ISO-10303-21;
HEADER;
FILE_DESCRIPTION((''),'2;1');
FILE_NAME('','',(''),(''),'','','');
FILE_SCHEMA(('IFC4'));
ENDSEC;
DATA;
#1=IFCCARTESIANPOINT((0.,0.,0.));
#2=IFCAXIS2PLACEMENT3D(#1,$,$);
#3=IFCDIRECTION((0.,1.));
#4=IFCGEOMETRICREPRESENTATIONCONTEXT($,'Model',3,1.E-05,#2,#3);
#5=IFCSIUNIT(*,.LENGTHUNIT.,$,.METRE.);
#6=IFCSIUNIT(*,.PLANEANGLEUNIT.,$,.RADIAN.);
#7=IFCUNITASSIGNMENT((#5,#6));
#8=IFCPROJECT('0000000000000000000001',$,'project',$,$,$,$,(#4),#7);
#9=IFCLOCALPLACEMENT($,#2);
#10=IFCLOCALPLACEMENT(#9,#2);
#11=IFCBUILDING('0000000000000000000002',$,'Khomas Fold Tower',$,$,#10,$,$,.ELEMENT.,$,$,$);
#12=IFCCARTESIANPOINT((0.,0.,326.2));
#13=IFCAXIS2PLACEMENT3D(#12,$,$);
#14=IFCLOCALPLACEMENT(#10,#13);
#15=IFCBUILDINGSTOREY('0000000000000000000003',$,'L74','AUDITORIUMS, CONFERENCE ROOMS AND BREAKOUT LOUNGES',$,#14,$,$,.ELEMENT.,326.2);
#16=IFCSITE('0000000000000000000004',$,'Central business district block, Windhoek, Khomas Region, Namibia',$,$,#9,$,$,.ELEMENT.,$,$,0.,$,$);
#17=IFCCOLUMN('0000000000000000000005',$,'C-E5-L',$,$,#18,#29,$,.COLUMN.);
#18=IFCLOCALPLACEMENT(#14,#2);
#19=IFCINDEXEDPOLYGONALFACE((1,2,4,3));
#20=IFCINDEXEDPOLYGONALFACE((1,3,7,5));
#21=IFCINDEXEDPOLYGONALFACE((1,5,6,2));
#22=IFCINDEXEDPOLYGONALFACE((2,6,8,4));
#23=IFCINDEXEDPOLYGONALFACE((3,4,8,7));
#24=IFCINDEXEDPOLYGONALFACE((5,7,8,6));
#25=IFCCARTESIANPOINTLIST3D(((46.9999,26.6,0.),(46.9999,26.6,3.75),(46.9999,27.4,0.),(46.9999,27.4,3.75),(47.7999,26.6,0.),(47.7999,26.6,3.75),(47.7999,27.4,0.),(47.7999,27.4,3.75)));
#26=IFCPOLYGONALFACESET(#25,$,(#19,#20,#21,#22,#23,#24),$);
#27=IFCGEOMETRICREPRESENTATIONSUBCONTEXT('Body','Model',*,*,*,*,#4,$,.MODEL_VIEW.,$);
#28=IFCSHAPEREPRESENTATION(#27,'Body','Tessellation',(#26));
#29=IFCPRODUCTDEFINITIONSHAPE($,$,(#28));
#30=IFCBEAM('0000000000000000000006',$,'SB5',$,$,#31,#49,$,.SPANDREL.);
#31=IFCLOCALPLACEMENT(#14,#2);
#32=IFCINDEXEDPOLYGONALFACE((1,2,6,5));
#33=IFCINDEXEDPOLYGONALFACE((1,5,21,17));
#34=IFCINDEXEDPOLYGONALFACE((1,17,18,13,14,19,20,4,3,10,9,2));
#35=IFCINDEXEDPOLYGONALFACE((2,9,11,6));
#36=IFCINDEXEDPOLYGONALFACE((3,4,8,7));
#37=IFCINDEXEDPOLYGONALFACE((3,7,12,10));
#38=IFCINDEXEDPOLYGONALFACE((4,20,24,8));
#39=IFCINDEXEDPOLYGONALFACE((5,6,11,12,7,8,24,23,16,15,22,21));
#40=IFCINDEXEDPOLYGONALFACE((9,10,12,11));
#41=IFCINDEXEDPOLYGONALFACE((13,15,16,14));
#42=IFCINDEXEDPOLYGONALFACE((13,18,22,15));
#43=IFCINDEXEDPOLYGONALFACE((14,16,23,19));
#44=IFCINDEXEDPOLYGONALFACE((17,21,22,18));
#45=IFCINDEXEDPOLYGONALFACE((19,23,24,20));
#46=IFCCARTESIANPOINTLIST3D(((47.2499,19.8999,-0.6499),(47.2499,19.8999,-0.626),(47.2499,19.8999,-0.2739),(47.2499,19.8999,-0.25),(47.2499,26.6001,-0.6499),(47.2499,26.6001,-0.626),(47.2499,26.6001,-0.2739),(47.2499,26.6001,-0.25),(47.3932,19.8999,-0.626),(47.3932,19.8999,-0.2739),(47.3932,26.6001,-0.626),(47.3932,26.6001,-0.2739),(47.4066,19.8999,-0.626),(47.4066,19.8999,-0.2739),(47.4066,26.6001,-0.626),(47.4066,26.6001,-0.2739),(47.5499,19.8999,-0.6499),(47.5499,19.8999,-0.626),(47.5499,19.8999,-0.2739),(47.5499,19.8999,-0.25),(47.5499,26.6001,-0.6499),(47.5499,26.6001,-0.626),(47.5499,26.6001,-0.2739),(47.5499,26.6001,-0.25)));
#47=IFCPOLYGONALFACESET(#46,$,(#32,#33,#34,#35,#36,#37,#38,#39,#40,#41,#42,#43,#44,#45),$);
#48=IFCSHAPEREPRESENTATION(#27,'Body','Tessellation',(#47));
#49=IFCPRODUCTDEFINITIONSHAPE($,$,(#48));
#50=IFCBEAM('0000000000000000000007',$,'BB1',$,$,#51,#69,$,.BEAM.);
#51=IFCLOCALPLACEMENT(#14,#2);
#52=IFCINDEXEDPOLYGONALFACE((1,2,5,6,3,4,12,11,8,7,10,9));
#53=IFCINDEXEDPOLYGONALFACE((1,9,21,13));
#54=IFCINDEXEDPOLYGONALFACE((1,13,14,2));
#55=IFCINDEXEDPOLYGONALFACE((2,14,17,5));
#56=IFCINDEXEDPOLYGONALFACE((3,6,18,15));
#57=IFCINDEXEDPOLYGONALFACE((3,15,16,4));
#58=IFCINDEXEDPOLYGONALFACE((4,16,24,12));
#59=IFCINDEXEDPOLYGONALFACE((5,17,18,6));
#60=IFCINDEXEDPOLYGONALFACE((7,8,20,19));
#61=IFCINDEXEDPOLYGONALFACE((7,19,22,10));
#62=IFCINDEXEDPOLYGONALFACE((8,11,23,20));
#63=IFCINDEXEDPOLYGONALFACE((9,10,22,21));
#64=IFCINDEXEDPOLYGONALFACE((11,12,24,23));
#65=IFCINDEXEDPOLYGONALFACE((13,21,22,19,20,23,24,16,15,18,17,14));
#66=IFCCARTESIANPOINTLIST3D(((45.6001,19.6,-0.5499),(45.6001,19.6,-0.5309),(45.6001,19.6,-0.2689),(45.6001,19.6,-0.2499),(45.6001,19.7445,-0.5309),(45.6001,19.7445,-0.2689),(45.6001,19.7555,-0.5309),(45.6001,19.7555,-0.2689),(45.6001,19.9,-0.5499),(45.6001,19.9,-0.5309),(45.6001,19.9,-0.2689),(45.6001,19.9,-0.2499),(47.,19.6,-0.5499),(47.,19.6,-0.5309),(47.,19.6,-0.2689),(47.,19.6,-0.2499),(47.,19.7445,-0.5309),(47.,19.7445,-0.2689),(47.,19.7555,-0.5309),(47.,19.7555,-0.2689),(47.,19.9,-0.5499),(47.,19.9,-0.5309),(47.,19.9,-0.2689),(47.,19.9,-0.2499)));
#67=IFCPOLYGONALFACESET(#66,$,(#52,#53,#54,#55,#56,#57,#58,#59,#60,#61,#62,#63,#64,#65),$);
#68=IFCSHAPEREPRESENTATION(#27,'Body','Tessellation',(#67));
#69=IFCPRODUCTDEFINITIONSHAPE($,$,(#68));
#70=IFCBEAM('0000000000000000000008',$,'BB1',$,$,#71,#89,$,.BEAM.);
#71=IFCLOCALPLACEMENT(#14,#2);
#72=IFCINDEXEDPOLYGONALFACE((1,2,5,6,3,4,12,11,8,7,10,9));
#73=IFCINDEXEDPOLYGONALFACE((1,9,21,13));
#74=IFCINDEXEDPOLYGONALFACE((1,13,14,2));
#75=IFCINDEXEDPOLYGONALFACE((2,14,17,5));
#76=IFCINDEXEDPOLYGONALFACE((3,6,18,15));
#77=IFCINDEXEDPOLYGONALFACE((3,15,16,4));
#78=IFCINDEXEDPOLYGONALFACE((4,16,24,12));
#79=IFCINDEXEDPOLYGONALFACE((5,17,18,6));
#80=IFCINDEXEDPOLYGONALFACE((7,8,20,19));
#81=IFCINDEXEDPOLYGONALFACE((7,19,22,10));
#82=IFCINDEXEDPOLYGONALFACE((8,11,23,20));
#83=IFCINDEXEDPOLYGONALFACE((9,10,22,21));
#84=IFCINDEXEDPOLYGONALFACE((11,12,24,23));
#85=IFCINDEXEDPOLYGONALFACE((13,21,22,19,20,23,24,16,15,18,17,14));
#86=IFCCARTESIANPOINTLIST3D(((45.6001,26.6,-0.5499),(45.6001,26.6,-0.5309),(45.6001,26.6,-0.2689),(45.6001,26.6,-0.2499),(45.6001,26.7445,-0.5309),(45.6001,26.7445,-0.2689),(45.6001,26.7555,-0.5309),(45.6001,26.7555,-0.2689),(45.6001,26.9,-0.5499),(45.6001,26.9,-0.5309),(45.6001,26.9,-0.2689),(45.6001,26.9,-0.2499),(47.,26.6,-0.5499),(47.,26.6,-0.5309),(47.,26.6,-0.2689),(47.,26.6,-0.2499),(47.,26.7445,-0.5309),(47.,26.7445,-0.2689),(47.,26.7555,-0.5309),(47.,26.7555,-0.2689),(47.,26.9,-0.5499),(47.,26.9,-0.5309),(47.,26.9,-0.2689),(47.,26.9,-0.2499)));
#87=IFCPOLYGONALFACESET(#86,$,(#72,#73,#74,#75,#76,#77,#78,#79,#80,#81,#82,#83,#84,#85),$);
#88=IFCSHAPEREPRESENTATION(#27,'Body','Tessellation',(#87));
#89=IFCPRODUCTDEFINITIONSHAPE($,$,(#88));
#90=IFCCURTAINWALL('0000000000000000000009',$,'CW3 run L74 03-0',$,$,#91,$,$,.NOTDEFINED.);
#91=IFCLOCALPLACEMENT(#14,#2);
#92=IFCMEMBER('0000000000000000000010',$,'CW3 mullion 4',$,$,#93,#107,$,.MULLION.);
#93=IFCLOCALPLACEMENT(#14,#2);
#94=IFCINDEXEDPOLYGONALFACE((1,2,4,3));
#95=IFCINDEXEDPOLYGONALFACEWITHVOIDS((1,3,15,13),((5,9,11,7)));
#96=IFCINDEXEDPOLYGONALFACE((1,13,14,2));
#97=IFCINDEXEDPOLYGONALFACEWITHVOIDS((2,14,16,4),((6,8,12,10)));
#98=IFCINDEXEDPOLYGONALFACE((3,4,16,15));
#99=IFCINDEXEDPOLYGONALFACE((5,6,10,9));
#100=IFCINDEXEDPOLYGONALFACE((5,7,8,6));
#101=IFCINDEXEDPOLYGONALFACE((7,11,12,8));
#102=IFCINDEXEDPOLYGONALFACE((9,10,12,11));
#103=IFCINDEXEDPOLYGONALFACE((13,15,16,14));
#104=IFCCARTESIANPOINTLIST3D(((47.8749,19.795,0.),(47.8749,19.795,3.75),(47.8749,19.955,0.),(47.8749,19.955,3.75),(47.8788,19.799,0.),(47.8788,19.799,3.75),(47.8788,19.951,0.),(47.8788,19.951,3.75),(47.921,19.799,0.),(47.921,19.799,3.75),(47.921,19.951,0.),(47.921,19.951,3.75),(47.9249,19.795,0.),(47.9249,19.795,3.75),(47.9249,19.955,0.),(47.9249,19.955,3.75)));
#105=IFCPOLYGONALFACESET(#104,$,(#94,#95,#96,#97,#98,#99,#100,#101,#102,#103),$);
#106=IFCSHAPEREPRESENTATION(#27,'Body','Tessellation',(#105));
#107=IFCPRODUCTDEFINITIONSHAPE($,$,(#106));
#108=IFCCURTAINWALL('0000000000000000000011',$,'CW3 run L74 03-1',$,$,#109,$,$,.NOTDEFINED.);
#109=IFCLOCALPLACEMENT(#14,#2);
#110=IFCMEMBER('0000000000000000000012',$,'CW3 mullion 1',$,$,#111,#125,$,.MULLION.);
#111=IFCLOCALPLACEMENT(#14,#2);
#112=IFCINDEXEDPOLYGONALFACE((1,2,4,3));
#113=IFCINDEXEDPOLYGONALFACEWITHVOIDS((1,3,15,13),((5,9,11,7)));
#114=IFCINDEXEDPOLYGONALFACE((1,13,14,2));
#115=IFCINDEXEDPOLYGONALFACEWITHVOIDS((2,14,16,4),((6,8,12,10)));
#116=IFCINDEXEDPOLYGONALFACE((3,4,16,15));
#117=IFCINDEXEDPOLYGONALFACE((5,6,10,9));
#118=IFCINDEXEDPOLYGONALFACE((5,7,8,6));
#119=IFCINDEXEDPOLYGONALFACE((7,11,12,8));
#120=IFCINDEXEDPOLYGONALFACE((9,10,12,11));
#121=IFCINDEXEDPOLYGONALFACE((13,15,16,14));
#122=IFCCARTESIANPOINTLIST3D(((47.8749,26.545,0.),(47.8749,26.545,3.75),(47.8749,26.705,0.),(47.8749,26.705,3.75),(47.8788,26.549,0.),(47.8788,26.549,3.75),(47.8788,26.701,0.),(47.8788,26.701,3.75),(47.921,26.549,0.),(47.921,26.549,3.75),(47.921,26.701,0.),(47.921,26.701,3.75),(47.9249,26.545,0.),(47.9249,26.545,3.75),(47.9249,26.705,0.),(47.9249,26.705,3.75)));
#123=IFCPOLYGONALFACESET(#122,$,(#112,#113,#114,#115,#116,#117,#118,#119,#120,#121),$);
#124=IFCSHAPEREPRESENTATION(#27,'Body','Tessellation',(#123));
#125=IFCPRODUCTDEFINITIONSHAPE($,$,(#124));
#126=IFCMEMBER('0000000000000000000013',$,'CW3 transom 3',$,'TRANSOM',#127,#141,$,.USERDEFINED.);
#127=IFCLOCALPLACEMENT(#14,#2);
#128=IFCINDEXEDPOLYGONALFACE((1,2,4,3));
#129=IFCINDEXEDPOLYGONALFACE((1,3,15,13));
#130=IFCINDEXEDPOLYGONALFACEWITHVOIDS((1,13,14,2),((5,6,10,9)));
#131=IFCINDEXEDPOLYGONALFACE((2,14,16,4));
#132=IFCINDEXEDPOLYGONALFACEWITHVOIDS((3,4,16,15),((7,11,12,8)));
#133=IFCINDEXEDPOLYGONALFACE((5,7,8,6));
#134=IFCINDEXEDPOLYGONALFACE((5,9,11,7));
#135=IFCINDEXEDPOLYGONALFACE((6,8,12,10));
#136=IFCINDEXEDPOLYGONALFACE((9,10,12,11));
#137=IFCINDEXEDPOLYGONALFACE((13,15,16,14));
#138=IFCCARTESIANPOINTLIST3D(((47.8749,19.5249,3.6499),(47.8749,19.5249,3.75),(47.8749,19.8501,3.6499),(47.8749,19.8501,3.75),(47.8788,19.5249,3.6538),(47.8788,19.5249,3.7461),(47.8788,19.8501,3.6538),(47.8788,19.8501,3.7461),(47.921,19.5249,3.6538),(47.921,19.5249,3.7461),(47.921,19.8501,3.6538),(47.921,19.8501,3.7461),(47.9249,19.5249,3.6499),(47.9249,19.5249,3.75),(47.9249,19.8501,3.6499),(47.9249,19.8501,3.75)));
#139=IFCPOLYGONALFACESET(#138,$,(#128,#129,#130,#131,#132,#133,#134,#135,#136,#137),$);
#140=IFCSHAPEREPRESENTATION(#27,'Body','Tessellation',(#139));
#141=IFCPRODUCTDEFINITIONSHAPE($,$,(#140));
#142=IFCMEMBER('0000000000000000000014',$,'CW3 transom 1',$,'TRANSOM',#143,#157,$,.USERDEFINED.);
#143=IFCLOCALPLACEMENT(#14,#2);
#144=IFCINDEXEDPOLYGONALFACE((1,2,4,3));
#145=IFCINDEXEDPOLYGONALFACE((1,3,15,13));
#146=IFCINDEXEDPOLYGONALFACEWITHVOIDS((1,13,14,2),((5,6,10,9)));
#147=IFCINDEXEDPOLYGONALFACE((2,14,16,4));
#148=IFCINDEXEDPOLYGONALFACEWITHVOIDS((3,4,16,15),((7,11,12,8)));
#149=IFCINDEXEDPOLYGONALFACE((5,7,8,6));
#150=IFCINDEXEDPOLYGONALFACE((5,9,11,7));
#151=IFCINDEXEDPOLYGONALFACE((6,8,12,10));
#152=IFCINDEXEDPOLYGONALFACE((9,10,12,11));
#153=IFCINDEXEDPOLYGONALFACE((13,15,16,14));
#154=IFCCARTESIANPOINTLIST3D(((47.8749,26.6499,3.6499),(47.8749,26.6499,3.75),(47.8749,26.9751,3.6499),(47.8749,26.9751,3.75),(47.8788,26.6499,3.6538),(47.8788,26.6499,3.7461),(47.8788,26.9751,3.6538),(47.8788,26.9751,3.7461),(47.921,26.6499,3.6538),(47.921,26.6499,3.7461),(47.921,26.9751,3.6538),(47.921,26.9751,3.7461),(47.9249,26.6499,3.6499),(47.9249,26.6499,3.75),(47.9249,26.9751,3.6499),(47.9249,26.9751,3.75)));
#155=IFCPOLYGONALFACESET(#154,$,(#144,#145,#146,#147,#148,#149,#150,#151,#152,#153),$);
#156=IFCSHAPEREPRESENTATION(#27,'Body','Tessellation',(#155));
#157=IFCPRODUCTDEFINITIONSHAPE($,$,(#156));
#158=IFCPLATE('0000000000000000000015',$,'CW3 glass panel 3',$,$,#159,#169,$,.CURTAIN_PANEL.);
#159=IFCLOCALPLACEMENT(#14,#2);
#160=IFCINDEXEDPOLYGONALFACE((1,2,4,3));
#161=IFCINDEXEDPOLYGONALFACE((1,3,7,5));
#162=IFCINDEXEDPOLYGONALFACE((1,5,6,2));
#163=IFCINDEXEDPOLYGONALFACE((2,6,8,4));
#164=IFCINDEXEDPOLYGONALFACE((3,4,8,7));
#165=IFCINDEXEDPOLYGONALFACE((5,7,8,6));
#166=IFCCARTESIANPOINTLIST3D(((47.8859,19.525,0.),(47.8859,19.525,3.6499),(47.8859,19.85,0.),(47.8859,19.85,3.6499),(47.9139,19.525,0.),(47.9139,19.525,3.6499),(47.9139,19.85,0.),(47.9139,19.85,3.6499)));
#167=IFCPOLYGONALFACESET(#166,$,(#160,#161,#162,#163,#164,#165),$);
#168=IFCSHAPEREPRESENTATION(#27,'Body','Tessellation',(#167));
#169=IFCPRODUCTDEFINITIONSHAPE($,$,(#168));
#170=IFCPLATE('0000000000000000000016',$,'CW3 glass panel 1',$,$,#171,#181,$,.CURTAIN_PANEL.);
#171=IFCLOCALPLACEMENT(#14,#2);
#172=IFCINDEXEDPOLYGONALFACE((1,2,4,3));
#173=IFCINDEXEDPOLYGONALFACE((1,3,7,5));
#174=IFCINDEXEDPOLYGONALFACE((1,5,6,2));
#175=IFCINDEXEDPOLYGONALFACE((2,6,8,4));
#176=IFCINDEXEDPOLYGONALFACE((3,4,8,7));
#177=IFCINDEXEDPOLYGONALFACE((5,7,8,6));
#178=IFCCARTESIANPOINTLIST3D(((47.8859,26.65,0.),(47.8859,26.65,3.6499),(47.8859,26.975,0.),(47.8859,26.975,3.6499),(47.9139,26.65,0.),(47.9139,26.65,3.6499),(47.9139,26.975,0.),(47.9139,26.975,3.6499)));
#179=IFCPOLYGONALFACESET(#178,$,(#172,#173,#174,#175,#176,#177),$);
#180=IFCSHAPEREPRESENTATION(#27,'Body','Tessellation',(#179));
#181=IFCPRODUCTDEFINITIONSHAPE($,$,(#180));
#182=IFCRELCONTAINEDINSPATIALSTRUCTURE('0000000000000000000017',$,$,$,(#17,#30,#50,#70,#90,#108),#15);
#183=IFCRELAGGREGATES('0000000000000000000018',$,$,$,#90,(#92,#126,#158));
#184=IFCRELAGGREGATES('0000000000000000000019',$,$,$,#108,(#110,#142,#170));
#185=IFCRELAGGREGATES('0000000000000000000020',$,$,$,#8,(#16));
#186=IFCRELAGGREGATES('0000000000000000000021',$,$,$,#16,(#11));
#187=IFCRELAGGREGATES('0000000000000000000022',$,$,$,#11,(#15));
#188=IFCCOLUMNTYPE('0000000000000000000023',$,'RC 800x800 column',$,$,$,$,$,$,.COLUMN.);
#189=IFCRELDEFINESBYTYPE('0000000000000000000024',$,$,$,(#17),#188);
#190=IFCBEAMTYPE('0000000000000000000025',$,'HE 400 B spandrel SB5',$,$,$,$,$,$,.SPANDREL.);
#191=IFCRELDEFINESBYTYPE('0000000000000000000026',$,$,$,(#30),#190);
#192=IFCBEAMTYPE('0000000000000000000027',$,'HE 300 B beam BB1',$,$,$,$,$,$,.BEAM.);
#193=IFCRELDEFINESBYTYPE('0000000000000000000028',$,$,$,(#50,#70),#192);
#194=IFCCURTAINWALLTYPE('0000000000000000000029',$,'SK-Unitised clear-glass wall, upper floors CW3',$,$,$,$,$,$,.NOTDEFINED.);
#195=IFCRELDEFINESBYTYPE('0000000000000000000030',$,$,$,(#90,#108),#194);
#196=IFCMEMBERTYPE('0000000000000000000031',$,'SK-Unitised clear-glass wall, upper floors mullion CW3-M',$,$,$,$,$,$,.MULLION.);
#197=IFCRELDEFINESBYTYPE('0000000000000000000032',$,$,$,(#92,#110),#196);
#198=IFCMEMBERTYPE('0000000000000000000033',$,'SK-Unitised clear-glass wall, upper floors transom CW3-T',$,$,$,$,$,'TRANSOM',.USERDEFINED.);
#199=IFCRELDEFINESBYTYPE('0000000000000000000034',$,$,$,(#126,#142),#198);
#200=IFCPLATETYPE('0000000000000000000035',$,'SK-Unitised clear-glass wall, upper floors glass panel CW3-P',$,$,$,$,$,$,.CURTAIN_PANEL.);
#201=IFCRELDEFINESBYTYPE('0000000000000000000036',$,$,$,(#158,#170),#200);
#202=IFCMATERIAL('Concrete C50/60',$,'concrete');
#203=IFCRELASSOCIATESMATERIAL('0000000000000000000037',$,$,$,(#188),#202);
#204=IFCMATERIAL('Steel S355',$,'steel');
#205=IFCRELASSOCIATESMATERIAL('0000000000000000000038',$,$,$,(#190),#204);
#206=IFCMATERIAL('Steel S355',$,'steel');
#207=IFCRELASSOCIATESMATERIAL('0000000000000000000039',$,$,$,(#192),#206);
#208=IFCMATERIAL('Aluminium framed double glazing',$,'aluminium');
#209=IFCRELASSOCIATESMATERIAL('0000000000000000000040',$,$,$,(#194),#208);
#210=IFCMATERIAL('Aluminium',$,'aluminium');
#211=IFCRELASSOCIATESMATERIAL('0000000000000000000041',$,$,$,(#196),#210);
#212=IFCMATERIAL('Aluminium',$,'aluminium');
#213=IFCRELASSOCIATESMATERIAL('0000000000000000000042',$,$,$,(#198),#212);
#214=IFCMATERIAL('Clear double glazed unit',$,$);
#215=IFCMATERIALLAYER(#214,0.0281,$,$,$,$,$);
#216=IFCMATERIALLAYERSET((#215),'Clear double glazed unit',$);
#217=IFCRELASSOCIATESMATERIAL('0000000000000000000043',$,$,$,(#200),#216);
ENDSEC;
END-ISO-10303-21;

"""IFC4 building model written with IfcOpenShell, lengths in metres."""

from ifc_helpers import new_model, si_unit, direction, frame, origin, origin_2d, place, context, subcontext, project, spatial, rectangle, hollow_rectangle, i_section, extrude, source, transform, mapped, material, layer, layer_set, material_profile, profile_set, type_object, element, aggregate, save


model = new_model("IFC4")

# Units and contexts
model_context = context("Model", 3, precision=1e-05, world=origin(), true_north=direction((0.0, 1.0)))
body_context = subcontext(model_context, "Body", "Model", "MODEL_VIEW")
ifc_project = project(units=[si_unit("LENGTHUNIT", "METRE"), si_unit("PLANEANGLEUNIT", "RADIAN")], contexts=[model_context])

# Site, building, storey
site_placement = place(None, origin())
site = spatial("IfcSite", under=ifc_project, at=site_placement, Name="Central business district block, Windhoek, Khomas Region, Namibia", CompositionType="ELEMENT", RefElevation=0.0)
building_placement = place(site_placement, origin())
building = spatial("IfcBuilding", under=site, at=building_placement, Name="Khomas Fold Tower", CompositionType="ELEMENT")
storey_placement = place(building_placement, frame((0.0, 0.0, 326.2)))
storey = spatial("IfcBuildingStorey", under=building, at=storey_placement, Name="L74", Description="AUDITORIUMS, CONFERENCE ROOMS AND BREAKOUT LOUNGES", CompositionType="ELEMENT", Elevation=326.2)

# Column
ifc_material_1 = material(Name="Concrete C50/60", Category="concrete")
ifc_material_profile_1 = material_profile(ifc_material_1, rectangle(XDim=0.8, YDim=0.8, at=origin_2d()), Name="RC 800x800")
ifc_profile_set_1 = profile_set([ifc_material_profile_1], Name="Concrete C50/60")
column_type = type_object("IfcColumnType", Name="RC 800x800 column", PredefinedType="COLUMN", material=ifc_profile_set_1)
shared_shape_1 = source(origin(), body_context, "Body", "SweptSolid", [
    extrude(rectangle(XDim=0.8, YDim=0.8, at=origin_2d()), origin(), (0.0, 0.0, 1.0), 3.75),
])
column_placement = place(storey_placement, frame((47.3999, 27.0, 0.0), z_axis=(0.0, 0.0, 1.0), x_axis=(1.0, 0.0, 0.0)))
element("IfcColumn", 1, at=column_placement, inside=storey, type_object=column_type, Name="C-E5-L", PredefinedType="COLUMN", context=body_context, shape_type="MappedRepresentation", body=[
    mapped(shared_shape_1, transform((0.0, 0.0, 0.0))),
])

# Beams
ifc_material_2 = material(Name="Steel S355", Category="steel")
ifc_material_profile_2 = material_profile(ifc_material_2, i_section(OverallWidth=0.3, OverallDepth=0.3999, WebThickness=0.0134, FlangeThickness=0.0239, at=origin_2d()), Name="HE 400 B")
ifc_profile_set_2 = profile_set([ifc_material_profile_2], Name="Steel S355")
beam_type_1 = type_object("IfcBeamType", Name="HE 400 B spandrel SB5", PredefinedType="SPANDREL", material=ifc_profile_set_2)
shared_shape_2 = source(origin(), body_context, "Body", "SweptSolid", [
    extrude(i_section(OverallWidth=0.3, OverallDepth=0.3999, WebThickness=0.0134, FlangeThickness=0.0239, at=origin_2d()), origin(), (0.0, 0.0, 1.0), 6.7002),
])
beam_placement = place(storey_placement, frame((47.3999, 19.8999, -0.45), z_axis=(0.0, 1.0, 0.0), x_axis=(-1.0, 0.0, 0.0)))
element("IfcBeam", 2, at=beam_placement, inside=storey, type_object=beam_type_1, Name="SB5", PredefinedType="SPANDREL", context=body_context, shape_type="MappedRepresentation", body=[
    mapped(shared_shape_2, transform((0.0, 0.0, 0.0))),
])
ifc_material_3 = material(Name="Steel S355", Category="steel")
ifc_material_profile_3 = material_profile(ifc_material_3, i_section(OverallWidth=0.3, OverallDepth=0.3, WebThickness=0.011, FlangeThickness=0.019, at=origin_2d()), Name="HE 300 B")
ifc_profile_set_3 = profile_set([ifc_material_profile_3], Name="Steel S355")
beam_type_2 = type_object("IfcBeamType", Name="HE 300 B beam BB1", PredefinedType="BEAM", material=ifc_profile_set_3)
shared_shape_3 = source(origin(), body_context, "Body", "SweptSolid", [
    extrude(i_section(OverallWidth=0.3, OverallDepth=0.3, WebThickness=0.011, FlangeThickness=0.019, at=origin_2d()), origin(), (0.0, 0.0, 1.0), 1.3999),
])
for number, where, z_axis, x_axis, name in (
    (3, (45.6001, 19.75, -0.3999), (1.0, 0.0, 0.0), (0.0, 1.0, 0.0), "BB1"),
    (4, (45.6001, 26.75, -0.3999), (1.0, 0.0, 0.0), (0.0, 1.0, 0.0), "BB1"),
):
    element("IfcBeam", number, at=place(storey_placement, frame(where, z_axis=z_axis, x_axis=x_axis)), inside=storey, type_object=beam_type_2, Name=name, PredefinedType="BEAM", context=body_context, shape_type="MappedRepresentation", body=[
        mapped(shared_shape_3, transform((0.0, 0.0, 0.0))),
    ])

# Curtain walls, members
ifc_material_4 = material(Name="Aluminium framed double glazing", Category="aluminium")
curtain_wall_type = type_object("IfcCurtainWallType", Name="SK-Unitised clear-glass wall, upper floors CW3", PredefinedType="NOTDEFINED", material=ifc_material_4)
curtain_wall_1_placement = place(storey_placement, origin())
curtain_wall_1 = element("IfcCurtainWall", 5, at=curtain_wall_1_placement, inside=storey, type_object=curtain_wall_type, Name="CW3 run L74 03-0", PredefinedType="NOTDEFINED")
ifc_material_5 = material(Name="Aluminium", Category="aluminium")
ifc_material_profile_4 = material_profile(ifc_material_5, hollow_rectangle(XDim=0.05, YDim=0.1599, WallThickness=0.0039, at=origin_2d()), Name="SK-Unitised clear-glass wall, upper floors mullion CW3-M")
ifc_profile_set_4 = profile_set([ifc_material_profile_4], Name="Aluminium")
member_type_1 = type_object("IfcMemberType", Name="SK-Unitised clear-glass wall, upper floors mullion CW3-M", PredefinedType="MULLION", material=ifc_profile_set_4)
shared_shape_4 = source(origin(), body_context, "Body", "SweptSolid", [
    extrude(hollow_rectangle(XDim=0.05, YDim=0.1599, WallThickness=0.0039, at=origin_2d()), origin(), (0.0, 0.0, 1.0), 3.75),
])
member_1_placement = place(storey_placement, frame((47.8999, 19.875, 0.0), z_axis=(0.0, 0.0, 1.0), x_axis=(-1.0, 0.0, 0.0)))
member_1 = element("IfcMember", 6, at=member_1_placement, type_object=member_type_1, Name="CW3 mullion 4", PredefinedType="MULLION", context=body_context, shape_type="MappedRepresentation", body=[
    mapped(shared_shape_4, transform((0.0, 0.0, 0.0))),
])
curtain_wall_2_placement = place(storey_placement, origin())
curtain_wall_2 = element("IfcCurtainWall", 7, at=curtain_wall_2_placement, inside=storey, type_object=curtain_wall_type, Name="CW3 run L74 03-1", PredefinedType="NOTDEFINED")
member_2_placement = place(storey_placement, frame((47.8999, 26.625, 0.0), z_axis=(0.0, 0.0, 1.0), x_axis=(-1.0, 0.0, 0.0)))
member_2 = element("IfcMember", 8, at=member_2_placement, type_object=member_type_1, Name="CW3 mullion 1", PredefinedType="MULLION", context=body_context, shape_type="MappedRepresentation", body=[
    mapped(shared_shape_4, transform((0.0, 0.0, 0.0))),
])

# Members
ifc_material_6 = material(Name="Aluminium", Category="aluminium")
ifc_material_profile_5 = material_profile(ifc_material_6, hollow_rectangle(XDim=0.05, YDim=0.1001, WallThickness=0.0039, at=origin_2d()), Name="SK-Unitised clear-glass wall, upper floors transom CW3-T")
ifc_profile_set_5 = profile_set([ifc_material_profile_5], Name="Aluminium")
member_type_2 = type_object("IfcMemberType", Name="SK-Unitised clear-glass wall, upper floors transom CW3-T", ElementType="TRANSOM", PredefinedType="USERDEFINED", material=ifc_profile_set_5)
shared_shape_5 = source(origin(), body_context, "Body", "SweptSolid", [
    extrude(hollow_rectangle(XDim=0.05, YDim=0.1001, WallThickness=0.0039, at=origin_2d()), origin(), (0.0, 0.0, 1.0), 0.3252),
])
member_3_placement = place(storey_placement, frame((47.8999, 19.5249, 3.7), z_axis=(0.0, 1.0, 0.0), x_axis=(-1.0, 0.0, 0.0)))
member_3 = element("IfcMember", 9, at=member_3_placement, type_object=member_type_2, Name="CW3 transom 3", ObjectType="TRANSOM", PredefinedType="USERDEFINED", context=body_context, shape_type="MappedRepresentation", body=[
    mapped(shared_shape_5, transform((0.0, 0.0, 0.0))),
])
member_4_placement = place(storey_placement, frame((47.8999, 26.6499, 3.7), z_axis=(0.0, 1.0, 0.0), x_axis=(-1.0, 0.0, 0.0)))
member_4 = element("IfcMember", 10, at=member_4_placement, type_object=member_type_2, Name="CW3 transom 1", ObjectType="TRANSOM", PredefinedType="USERDEFINED", context=body_context, shape_type="MappedRepresentation", body=[
    mapped(shared_shape_5, transform((0.0, 0.0, 0.0))),
])

# Plates
ifc_material_7 = material(Name="Clear double glazed unit")
ifc_layer_1 = layer(ifc_material_7, 0.0281)
ifc_layer_set_1 = layer_set([ifc_layer_1], Name="Clear double glazed unit")
plate_type = type_object("IfcPlateType", Name="SK-Unitised clear-glass wall, upper floors glass panel CW3-P", PredefinedType="CURTAIN_PANEL", material=ifc_layer_set_1)
shared_shape_6 = source(origin(), body_context, "Body", "SweptSolid", [
    extrude(rectangle(XDim=0.325, YDim=0.0281, at=origin_2d()), origin(), (0.0, 0.0, 1.0), 3.6499),
])
plate_1_placement = place(storey_placement, frame((47.8999, 19.6875, 0.0), z_axis=(0.0, 0.0, 1.0), x_axis=(0.0, 1.0, 0.0)))
plate_1 = element("IfcPlate", 11, at=plate_1_placement, type_object=plate_type, Name="CW3 glass panel 3", PredefinedType="CURTAIN_PANEL", context=body_context, shape_type="MappedRepresentation", body=[
    mapped(shared_shape_6, transform((0.0, 0.0, 0.0))),
])
aggregate(curtain_wall_1, [member_1, member_3, plate_1])
plate_2_placement = place(storey_placement, frame((47.8999, 26.8125, 0.0), z_axis=(0.0, 0.0, 1.0), x_axis=(0.0, 1.0, 0.0)))
plate_2 = element("IfcPlate", 12, at=plate_2_placement, type_object=plate_type, Name="CW3 glass panel 1", PredefinedType="CURTAIN_PANEL", context=body_context, shape_type="MappedRepresentation", body=[
    mapped(shared_shape_6, transform((0.0, 0.0, 0.0))),
])
aggregate(curtain_wall_2, [member_2, member_4, plate_2])

save(model, "model.ifc")
